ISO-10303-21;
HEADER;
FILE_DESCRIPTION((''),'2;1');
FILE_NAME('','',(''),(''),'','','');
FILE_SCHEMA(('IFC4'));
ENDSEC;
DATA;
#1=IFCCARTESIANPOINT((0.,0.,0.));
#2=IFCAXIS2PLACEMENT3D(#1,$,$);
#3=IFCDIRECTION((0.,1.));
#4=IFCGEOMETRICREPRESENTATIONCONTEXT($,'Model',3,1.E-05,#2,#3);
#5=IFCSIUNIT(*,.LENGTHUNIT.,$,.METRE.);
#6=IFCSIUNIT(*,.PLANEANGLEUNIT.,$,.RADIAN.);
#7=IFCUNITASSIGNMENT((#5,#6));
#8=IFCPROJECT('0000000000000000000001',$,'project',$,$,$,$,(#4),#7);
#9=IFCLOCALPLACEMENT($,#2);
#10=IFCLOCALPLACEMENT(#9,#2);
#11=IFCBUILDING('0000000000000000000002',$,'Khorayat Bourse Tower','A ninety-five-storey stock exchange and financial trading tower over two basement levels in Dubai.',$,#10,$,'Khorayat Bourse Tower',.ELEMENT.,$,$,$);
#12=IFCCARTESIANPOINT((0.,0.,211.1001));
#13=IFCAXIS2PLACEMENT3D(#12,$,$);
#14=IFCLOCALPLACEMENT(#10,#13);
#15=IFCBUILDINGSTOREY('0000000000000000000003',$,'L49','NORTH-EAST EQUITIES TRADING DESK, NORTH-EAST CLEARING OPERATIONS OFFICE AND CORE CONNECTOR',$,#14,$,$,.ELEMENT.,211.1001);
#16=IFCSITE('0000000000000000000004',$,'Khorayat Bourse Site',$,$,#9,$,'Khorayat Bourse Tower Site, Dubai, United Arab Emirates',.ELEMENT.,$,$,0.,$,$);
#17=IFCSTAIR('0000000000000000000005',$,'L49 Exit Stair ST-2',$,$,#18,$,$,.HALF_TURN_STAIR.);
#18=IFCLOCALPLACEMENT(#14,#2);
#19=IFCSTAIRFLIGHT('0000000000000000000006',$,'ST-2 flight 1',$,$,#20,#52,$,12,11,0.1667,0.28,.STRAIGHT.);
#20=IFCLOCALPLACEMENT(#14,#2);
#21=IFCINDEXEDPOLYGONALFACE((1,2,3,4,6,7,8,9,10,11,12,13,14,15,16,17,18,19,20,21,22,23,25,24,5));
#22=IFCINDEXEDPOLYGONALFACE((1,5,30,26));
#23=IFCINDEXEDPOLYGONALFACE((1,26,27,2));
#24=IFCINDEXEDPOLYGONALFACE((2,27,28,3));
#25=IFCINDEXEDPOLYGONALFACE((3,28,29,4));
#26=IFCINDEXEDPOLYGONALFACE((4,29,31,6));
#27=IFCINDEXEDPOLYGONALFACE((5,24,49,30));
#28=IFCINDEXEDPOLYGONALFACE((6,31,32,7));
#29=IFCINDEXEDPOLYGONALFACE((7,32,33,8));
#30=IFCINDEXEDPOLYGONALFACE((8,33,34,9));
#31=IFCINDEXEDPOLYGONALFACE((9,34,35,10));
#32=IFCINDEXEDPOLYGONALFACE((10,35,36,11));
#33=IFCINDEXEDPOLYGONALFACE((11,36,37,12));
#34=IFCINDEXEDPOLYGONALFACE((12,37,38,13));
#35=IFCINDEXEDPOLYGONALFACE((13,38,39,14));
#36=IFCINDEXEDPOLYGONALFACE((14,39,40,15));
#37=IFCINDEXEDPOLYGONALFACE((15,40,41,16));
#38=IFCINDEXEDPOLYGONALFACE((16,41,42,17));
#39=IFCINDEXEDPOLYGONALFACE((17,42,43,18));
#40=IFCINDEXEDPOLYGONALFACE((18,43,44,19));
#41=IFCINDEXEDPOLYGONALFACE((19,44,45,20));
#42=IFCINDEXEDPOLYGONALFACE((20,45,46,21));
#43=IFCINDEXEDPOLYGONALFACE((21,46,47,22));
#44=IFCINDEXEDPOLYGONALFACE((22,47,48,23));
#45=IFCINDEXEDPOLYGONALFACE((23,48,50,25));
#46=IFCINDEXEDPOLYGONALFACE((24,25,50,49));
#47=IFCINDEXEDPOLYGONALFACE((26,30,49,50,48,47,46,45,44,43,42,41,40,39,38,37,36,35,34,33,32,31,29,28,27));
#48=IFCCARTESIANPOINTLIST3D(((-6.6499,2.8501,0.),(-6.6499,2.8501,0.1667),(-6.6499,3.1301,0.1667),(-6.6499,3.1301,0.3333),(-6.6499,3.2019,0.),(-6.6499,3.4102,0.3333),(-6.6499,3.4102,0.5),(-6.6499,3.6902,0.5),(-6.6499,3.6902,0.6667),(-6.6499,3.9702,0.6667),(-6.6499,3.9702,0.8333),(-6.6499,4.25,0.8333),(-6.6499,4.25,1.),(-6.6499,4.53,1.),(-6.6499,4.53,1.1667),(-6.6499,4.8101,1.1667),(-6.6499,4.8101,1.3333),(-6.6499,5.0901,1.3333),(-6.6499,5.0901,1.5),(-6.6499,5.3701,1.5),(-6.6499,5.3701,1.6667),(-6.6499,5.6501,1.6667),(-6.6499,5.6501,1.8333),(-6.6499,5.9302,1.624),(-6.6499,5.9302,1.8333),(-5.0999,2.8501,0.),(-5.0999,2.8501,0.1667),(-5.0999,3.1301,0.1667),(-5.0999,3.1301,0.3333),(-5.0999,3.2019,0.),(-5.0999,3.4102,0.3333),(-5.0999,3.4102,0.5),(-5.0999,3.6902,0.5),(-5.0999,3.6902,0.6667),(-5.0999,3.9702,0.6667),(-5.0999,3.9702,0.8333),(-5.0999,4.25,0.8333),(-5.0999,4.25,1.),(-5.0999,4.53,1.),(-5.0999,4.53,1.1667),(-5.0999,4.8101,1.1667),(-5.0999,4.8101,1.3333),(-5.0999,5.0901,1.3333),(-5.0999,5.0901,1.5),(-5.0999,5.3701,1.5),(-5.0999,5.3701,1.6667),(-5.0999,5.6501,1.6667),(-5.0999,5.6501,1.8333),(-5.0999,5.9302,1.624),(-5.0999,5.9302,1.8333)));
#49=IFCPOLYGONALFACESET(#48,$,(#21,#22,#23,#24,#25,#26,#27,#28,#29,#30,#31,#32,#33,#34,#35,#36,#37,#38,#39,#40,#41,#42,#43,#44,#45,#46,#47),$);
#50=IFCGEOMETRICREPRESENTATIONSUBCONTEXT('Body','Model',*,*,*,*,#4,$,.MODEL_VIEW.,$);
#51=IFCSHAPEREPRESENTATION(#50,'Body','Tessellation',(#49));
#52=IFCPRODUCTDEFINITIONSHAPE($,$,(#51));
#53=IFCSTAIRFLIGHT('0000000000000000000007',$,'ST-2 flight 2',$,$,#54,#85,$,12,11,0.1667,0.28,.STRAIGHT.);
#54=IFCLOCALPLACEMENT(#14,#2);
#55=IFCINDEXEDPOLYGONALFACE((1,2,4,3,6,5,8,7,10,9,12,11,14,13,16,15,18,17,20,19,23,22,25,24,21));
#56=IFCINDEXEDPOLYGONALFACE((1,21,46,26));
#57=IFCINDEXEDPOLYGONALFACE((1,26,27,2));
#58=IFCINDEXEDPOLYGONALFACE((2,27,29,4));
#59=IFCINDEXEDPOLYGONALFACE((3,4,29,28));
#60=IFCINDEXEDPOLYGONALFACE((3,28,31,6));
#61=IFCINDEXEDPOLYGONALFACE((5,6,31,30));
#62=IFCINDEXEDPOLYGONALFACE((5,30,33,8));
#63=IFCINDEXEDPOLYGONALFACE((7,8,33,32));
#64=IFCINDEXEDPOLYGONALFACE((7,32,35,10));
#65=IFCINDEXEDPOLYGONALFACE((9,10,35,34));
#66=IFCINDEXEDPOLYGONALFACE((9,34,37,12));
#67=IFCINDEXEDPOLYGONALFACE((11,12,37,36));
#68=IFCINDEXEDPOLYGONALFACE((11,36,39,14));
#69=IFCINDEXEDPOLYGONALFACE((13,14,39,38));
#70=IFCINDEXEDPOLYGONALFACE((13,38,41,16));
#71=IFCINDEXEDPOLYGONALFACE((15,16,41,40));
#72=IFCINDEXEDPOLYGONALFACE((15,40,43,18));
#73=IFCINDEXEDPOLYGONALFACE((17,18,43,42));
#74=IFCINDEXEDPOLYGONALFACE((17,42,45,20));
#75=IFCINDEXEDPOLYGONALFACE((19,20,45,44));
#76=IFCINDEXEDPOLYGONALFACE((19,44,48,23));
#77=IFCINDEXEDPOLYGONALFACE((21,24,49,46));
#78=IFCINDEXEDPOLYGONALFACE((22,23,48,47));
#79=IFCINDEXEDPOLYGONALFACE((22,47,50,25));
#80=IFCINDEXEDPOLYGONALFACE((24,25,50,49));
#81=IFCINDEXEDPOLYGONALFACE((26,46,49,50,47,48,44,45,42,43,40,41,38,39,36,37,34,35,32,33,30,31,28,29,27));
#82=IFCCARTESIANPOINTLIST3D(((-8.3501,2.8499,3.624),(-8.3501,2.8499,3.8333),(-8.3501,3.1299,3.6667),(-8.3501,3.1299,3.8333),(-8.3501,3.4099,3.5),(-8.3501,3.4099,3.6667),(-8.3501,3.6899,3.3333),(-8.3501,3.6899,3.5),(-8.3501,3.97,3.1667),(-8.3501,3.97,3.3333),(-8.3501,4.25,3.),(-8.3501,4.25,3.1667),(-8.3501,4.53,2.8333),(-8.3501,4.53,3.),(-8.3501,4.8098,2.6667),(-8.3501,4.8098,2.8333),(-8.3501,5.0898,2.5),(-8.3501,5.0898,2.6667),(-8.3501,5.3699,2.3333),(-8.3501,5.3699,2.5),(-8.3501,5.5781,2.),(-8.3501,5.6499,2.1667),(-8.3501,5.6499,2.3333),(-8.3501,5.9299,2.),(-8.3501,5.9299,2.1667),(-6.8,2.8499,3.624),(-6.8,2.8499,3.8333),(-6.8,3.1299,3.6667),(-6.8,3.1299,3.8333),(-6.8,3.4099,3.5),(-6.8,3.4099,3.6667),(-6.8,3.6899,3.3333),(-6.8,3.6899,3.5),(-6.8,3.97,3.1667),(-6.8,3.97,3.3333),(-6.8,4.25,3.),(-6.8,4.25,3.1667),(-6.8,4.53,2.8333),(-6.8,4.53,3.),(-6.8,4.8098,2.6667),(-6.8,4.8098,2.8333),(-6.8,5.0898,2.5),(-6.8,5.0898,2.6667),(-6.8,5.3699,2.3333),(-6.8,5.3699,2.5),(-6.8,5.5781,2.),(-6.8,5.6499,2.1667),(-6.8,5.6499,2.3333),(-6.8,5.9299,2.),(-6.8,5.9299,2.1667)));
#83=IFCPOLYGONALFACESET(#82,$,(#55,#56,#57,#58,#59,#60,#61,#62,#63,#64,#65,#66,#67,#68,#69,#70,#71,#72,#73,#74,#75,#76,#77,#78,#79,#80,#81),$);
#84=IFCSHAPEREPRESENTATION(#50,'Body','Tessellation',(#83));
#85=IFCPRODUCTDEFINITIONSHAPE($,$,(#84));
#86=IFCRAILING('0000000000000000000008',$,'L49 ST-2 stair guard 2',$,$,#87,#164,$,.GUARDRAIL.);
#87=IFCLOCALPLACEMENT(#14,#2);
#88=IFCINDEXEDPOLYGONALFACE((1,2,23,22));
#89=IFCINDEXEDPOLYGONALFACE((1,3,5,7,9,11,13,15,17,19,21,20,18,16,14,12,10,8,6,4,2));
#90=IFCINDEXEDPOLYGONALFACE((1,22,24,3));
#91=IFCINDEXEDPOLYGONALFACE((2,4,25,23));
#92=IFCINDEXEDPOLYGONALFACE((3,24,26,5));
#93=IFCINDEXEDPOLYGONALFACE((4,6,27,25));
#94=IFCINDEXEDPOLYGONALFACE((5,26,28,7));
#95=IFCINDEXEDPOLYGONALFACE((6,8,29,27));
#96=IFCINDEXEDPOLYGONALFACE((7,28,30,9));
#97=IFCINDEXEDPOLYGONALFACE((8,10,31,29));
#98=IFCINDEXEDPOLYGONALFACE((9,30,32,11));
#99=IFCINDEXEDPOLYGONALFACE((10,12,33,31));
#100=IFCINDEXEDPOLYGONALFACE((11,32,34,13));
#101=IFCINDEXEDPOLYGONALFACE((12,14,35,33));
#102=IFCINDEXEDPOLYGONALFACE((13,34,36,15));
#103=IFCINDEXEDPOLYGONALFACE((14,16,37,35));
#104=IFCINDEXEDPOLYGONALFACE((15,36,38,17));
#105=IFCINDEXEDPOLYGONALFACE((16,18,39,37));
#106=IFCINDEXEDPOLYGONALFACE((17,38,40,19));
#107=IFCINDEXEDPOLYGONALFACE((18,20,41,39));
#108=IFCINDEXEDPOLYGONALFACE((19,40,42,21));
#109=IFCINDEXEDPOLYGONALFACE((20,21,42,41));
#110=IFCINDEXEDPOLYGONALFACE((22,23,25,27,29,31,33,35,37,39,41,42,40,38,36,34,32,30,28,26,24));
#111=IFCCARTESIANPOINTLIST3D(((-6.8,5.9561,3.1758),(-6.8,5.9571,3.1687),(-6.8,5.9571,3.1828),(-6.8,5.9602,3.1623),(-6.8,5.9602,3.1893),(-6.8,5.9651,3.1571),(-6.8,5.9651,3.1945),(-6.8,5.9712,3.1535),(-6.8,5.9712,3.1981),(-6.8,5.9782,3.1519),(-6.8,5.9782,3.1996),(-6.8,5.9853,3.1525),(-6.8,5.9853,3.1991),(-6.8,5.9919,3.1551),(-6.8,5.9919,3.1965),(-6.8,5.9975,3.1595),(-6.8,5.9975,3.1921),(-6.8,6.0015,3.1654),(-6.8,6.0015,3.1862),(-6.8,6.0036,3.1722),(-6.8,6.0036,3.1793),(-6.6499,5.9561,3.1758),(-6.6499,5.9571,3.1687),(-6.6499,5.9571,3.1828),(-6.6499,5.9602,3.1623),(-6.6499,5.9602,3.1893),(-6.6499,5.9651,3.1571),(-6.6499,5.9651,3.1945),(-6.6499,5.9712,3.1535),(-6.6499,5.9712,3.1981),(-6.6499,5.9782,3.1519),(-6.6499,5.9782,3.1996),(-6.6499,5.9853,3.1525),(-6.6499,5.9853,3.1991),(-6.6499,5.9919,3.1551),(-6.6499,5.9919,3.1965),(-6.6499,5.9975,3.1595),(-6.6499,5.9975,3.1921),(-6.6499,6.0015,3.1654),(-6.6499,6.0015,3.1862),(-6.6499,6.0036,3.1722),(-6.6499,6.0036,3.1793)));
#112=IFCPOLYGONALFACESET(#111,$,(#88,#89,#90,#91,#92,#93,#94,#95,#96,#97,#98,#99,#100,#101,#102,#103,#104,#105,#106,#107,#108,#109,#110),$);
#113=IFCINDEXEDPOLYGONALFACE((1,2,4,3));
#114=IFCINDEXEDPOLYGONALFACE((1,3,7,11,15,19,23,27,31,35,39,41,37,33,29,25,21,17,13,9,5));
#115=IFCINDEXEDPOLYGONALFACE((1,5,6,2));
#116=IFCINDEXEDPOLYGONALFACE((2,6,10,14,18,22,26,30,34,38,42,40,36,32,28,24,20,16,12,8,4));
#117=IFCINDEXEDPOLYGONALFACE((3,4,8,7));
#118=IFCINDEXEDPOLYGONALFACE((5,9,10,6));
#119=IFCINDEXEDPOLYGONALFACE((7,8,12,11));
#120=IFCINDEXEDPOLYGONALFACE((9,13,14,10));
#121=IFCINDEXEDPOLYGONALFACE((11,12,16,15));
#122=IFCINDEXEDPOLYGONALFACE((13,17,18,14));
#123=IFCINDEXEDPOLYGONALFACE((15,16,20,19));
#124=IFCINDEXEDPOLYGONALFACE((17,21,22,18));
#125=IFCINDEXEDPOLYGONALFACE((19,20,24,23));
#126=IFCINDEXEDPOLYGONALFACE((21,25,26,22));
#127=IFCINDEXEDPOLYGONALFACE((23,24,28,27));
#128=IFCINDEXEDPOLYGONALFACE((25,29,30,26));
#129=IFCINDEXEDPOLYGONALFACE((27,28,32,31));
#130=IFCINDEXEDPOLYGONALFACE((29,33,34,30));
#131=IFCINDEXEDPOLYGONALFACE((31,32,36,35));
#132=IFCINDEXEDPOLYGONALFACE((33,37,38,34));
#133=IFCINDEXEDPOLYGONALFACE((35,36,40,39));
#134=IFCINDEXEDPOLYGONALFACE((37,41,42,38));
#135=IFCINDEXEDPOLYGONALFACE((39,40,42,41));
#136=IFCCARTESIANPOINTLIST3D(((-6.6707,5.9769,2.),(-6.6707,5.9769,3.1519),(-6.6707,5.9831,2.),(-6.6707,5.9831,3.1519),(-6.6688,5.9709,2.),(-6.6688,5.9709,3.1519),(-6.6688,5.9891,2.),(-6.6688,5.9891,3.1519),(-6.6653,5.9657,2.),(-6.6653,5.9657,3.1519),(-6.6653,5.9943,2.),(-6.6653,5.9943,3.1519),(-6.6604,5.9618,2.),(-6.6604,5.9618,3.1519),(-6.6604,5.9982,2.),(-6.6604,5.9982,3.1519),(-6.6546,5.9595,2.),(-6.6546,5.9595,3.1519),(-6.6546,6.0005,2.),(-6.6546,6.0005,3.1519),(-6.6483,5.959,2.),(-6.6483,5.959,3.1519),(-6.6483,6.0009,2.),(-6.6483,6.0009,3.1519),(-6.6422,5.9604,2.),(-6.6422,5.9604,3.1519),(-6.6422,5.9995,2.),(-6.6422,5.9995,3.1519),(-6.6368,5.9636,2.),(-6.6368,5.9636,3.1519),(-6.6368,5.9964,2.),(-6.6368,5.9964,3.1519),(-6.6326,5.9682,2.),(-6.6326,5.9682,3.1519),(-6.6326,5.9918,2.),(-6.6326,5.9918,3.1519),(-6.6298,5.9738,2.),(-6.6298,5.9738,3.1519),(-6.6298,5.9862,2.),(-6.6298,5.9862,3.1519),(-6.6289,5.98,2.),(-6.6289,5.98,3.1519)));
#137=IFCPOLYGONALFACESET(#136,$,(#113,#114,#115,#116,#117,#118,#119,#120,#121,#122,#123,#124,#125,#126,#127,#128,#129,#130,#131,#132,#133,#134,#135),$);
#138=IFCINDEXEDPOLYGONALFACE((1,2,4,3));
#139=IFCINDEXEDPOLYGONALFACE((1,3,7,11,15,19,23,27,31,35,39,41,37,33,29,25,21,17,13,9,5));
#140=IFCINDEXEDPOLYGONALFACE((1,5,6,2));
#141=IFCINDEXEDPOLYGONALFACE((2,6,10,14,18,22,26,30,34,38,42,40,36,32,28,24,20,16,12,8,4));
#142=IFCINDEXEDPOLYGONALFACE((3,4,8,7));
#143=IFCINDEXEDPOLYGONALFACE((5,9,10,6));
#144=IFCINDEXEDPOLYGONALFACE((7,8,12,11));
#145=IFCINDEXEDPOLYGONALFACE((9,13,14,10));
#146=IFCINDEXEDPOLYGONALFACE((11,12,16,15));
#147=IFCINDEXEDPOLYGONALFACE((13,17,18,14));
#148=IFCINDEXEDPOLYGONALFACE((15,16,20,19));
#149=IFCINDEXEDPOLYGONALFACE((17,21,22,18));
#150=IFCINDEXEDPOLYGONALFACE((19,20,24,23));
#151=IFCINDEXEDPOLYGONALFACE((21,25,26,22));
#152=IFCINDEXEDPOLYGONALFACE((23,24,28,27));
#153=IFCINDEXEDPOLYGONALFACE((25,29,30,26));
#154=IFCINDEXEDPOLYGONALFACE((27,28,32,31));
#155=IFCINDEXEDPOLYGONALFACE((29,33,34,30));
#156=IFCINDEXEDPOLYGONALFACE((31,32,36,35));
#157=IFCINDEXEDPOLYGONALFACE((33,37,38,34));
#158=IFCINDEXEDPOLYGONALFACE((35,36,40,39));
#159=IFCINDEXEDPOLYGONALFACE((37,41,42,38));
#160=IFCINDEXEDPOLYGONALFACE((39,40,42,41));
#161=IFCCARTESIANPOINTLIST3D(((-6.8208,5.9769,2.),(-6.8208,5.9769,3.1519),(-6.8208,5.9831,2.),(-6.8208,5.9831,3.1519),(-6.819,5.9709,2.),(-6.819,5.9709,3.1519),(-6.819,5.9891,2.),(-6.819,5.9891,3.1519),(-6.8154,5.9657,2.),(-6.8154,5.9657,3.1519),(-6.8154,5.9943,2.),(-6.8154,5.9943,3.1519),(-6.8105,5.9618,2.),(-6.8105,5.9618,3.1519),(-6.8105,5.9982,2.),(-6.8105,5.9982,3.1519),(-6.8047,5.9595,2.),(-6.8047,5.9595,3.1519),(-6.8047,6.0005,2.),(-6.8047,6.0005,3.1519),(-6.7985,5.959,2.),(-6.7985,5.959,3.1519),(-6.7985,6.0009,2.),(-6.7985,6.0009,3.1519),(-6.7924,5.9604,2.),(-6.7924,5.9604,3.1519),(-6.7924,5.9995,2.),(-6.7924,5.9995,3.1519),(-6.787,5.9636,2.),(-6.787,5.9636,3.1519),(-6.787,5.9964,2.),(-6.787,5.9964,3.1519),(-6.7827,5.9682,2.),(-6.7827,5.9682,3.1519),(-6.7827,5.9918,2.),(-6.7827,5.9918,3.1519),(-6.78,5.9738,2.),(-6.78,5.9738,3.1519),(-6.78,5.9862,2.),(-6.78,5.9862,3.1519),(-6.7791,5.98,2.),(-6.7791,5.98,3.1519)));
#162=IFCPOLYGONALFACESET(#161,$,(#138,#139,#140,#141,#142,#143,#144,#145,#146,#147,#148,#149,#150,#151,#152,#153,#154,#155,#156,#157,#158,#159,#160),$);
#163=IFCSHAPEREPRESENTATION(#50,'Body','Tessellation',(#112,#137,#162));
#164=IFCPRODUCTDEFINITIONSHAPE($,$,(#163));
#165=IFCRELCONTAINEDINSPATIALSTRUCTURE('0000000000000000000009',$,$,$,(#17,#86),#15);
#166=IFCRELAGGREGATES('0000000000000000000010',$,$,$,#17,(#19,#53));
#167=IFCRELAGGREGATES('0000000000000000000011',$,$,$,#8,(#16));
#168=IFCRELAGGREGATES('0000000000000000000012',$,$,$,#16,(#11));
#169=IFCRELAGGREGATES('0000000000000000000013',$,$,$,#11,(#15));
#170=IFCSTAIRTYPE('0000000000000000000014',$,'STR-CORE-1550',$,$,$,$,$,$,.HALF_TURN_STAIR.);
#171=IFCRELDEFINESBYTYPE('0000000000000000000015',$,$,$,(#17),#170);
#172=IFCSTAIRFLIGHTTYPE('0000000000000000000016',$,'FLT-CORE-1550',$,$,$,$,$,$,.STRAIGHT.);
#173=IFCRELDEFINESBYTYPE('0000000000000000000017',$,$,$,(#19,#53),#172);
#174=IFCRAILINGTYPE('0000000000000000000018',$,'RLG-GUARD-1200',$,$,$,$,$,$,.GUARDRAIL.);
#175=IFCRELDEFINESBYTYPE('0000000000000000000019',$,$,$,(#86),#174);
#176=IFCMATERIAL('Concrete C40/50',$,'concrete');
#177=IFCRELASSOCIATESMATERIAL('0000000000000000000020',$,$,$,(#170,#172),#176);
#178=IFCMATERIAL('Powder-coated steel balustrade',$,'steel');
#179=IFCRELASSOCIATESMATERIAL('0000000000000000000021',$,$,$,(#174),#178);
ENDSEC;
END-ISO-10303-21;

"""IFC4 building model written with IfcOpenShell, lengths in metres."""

from ifc_helpers import new_model, si_unit, direction, frame, origin, origin_2d, place, context, subcontext, project, spatial, polyline, circle, outline, extrude, source, transform, mapped, material, type_object, element, aggregate, save


model = new_model("IFC4")

# Units and contexts
model_context = context("Model", 3, precision=1e-05, world=origin(), true_north=direction((0.0, 1.0)))
body_context = subcontext(model_context, "Body", "Model", "MODEL_VIEW")
ifc_project = project(units=[si_unit("LENGTHUNIT", "METRE"), si_unit("PLANEANGLEUNIT", "RADIAN")], contexts=[model_context])

# Site, building, storey
site_placement = place(None, origin())
site = spatial("IfcSite", under=ifc_project, at=site_placement, Name="Khorayat Bourse Site", LongName="Khorayat Bourse Tower Site, Dubai, United Arab Emirates", CompositionType="ELEMENT", RefElevation=0.0)
building_placement = place(site_placement, origin())
building = spatial("IfcBuilding", under=site, at=building_placement, Name="Khorayat Bourse Tower", Description="A ninety-five-storey stock exchange and financial trading tower over two basement levels in Dubai.", LongName="Khorayat Bourse Tower", CompositionType="ELEMENT")
storey_placement = place(building_placement, frame((0.0, 0.0, 211.1001)))
storey = spatial("IfcBuildingStorey", under=building, at=storey_placement, Name="L49", Description="NORTH-EAST EQUITIES TRADING DESK, NORTH-EAST CLEARING OPERATIONS OFFICE AND CORE CONNECTOR", CompositionType="ELEMENT", Elevation=211.1001)

# Stair, stair flights
ifc_material_1 = material(Name="Concrete C40/50", Category="concrete")
stair_type = type_object("IfcStairType", Name="STR-CORE-1550", PredefinedType="HALF_TURN_STAIR", material=ifc_material_1)
stair_placement = place(storey_placement, origin())
stair = element("IfcStair", 1, at=stair_placement, inside=storey, type_object=stair_type, Name="L49 Exit Stair ST-2", PredefinedType="HALF_TURN_STAIR")
stair_flight_type = type_object("IfcStairFlightType", Name="FLT-CORE-1550", PredefinedType="STRAIGHT", material=ifc_material_1)
shared_shape_1 = source(origin(), body_context, "Body", "SweptSolid", [
    extrude(outline(polyline([(0.0, 0.0), (0.0, 0.1667), (0.28, 0.1667), (0.28, 0.3333), (0.5601, 0.3333), (0.5601, 0.5), (0.8401, 0.5), (0.8401, 0.6667), (1.1201, 0.6667), (1.1201, 0.8333), (1.3999, 0.8333), (1.3999, 1.0), (1.6799, 1.0), (1.6799, 1.1667), (1.96, 1.1667), (1.96, 1.3333), (2.24, 1.3333), (2.24, 1.5), (2.52, 1.5), (2.52, 1.6667), (2.8, 1.6667), (2.8, 1.8333), (3.0801, 1.8333), (3.0801, 2.0), (3.0801, 1.624), (0.3518, 0.0), (0.0, 0.0)])), frame((0.0, 0.7749, 0.0), z_axis=(0.0, -1.0, 0.0), x_axis=(1.0, 0.0, 0.0)), (0.0, 0.0, 1.0), 1.55),
])
stair_flight_1_placement = place(storey_placement, frame((-5.875, 2.8501, 0.0), z_axis=(0.0, 0.0, 1.0), x_axis=(0.0, 1.0, 0.0)))
stair_flight_1 = element("IfcStairFlight", 2, at=stair_flight_1_placement, type_object=stair_flight_type, Name="ST-2 flight 1", NumberOfRisers=12, NumberOfTreads=11, PredefinedType="STRAIGHT", RiserHeight=0.1667, TreadLength=0.28, context=body_context, shape_type="MappedRepresentation", body=[
    mapped(shared_shape_1, transform((0.0, 0.0, 0.0), scale=1.0)),
])
stair_flight_2_placement = place(storey_placement, frame((-7.575, 5.9299, 2.0), z_axis=(0.0, 0.0, 1.0), x_axis=(0.0, -1.0, 0.0)))
stair_flight_2 = element("IfcStairFlight", 3, at=stair_flight_2_placement, type_object=stair_flight_type, Name="ST-2 flight 2", NumberOfRisers=12, NumberOfTreads=11, PredefinedType="STRAIGHT", RiserHeight=0.1667, TreadLength=0.28, context=body_context, shape_type="MappedRepresentation", body=[
    mapped(shared_shape_1, transform((0.0, 0.0, 0.0), scale=1.0)),
])
aggregate(stair, [stair_flight_1, stair_flight_2])

# Railing
ifc_material_2 = material(Name="Powder-coated steel balustrade", Category="steel")
railing_type_1 = type_object("IfcRailingType", Name="RLG-GUARD-1200", PredefinedType="GUARDRAIL", material=ifc_material_2)
shared_shape_2 = source(origin(), body_context, "Body", "SweptSolid", [
    extrude(circle(Radius=0.0239, at=origin_2d()), frame((0.0, 0.0, 1.1758), z_axis=(-1.0, 0.0, 0.0), x_axis=(0.0, -1.0, 0.0)), (0.0, 0.0, 1.0), 0.1501),
    extrude(circle(Radius=0.021, at=origin_2d()), origin(), (0.0, 0.0, 1.0), 1.1519),
    extrude(circle(Radius=0.021, at=origin_2d()), frame((-0.1501, 0.0, 0.0)), (0.0, 0.0, 1.0), 1.1519),
])
for number, where, name in (
    (4, (-6.6499, 5.98, 2.0), "L49 ST-2 stair guard 2"),
):
    element("IfcRailing", number, at=place(storey_placement, frame(where)), inside=storey, type_object=railing_type_1, Name=name, PredefinedType="GUARDRAIL", context=body_context, shape_type="MappedRepresentation", body=[
        mapped(shared_shape_2, transform((0.0, 0.0, 0.0), scale=1.0)),
    ])

save(model, "model.ifc")
